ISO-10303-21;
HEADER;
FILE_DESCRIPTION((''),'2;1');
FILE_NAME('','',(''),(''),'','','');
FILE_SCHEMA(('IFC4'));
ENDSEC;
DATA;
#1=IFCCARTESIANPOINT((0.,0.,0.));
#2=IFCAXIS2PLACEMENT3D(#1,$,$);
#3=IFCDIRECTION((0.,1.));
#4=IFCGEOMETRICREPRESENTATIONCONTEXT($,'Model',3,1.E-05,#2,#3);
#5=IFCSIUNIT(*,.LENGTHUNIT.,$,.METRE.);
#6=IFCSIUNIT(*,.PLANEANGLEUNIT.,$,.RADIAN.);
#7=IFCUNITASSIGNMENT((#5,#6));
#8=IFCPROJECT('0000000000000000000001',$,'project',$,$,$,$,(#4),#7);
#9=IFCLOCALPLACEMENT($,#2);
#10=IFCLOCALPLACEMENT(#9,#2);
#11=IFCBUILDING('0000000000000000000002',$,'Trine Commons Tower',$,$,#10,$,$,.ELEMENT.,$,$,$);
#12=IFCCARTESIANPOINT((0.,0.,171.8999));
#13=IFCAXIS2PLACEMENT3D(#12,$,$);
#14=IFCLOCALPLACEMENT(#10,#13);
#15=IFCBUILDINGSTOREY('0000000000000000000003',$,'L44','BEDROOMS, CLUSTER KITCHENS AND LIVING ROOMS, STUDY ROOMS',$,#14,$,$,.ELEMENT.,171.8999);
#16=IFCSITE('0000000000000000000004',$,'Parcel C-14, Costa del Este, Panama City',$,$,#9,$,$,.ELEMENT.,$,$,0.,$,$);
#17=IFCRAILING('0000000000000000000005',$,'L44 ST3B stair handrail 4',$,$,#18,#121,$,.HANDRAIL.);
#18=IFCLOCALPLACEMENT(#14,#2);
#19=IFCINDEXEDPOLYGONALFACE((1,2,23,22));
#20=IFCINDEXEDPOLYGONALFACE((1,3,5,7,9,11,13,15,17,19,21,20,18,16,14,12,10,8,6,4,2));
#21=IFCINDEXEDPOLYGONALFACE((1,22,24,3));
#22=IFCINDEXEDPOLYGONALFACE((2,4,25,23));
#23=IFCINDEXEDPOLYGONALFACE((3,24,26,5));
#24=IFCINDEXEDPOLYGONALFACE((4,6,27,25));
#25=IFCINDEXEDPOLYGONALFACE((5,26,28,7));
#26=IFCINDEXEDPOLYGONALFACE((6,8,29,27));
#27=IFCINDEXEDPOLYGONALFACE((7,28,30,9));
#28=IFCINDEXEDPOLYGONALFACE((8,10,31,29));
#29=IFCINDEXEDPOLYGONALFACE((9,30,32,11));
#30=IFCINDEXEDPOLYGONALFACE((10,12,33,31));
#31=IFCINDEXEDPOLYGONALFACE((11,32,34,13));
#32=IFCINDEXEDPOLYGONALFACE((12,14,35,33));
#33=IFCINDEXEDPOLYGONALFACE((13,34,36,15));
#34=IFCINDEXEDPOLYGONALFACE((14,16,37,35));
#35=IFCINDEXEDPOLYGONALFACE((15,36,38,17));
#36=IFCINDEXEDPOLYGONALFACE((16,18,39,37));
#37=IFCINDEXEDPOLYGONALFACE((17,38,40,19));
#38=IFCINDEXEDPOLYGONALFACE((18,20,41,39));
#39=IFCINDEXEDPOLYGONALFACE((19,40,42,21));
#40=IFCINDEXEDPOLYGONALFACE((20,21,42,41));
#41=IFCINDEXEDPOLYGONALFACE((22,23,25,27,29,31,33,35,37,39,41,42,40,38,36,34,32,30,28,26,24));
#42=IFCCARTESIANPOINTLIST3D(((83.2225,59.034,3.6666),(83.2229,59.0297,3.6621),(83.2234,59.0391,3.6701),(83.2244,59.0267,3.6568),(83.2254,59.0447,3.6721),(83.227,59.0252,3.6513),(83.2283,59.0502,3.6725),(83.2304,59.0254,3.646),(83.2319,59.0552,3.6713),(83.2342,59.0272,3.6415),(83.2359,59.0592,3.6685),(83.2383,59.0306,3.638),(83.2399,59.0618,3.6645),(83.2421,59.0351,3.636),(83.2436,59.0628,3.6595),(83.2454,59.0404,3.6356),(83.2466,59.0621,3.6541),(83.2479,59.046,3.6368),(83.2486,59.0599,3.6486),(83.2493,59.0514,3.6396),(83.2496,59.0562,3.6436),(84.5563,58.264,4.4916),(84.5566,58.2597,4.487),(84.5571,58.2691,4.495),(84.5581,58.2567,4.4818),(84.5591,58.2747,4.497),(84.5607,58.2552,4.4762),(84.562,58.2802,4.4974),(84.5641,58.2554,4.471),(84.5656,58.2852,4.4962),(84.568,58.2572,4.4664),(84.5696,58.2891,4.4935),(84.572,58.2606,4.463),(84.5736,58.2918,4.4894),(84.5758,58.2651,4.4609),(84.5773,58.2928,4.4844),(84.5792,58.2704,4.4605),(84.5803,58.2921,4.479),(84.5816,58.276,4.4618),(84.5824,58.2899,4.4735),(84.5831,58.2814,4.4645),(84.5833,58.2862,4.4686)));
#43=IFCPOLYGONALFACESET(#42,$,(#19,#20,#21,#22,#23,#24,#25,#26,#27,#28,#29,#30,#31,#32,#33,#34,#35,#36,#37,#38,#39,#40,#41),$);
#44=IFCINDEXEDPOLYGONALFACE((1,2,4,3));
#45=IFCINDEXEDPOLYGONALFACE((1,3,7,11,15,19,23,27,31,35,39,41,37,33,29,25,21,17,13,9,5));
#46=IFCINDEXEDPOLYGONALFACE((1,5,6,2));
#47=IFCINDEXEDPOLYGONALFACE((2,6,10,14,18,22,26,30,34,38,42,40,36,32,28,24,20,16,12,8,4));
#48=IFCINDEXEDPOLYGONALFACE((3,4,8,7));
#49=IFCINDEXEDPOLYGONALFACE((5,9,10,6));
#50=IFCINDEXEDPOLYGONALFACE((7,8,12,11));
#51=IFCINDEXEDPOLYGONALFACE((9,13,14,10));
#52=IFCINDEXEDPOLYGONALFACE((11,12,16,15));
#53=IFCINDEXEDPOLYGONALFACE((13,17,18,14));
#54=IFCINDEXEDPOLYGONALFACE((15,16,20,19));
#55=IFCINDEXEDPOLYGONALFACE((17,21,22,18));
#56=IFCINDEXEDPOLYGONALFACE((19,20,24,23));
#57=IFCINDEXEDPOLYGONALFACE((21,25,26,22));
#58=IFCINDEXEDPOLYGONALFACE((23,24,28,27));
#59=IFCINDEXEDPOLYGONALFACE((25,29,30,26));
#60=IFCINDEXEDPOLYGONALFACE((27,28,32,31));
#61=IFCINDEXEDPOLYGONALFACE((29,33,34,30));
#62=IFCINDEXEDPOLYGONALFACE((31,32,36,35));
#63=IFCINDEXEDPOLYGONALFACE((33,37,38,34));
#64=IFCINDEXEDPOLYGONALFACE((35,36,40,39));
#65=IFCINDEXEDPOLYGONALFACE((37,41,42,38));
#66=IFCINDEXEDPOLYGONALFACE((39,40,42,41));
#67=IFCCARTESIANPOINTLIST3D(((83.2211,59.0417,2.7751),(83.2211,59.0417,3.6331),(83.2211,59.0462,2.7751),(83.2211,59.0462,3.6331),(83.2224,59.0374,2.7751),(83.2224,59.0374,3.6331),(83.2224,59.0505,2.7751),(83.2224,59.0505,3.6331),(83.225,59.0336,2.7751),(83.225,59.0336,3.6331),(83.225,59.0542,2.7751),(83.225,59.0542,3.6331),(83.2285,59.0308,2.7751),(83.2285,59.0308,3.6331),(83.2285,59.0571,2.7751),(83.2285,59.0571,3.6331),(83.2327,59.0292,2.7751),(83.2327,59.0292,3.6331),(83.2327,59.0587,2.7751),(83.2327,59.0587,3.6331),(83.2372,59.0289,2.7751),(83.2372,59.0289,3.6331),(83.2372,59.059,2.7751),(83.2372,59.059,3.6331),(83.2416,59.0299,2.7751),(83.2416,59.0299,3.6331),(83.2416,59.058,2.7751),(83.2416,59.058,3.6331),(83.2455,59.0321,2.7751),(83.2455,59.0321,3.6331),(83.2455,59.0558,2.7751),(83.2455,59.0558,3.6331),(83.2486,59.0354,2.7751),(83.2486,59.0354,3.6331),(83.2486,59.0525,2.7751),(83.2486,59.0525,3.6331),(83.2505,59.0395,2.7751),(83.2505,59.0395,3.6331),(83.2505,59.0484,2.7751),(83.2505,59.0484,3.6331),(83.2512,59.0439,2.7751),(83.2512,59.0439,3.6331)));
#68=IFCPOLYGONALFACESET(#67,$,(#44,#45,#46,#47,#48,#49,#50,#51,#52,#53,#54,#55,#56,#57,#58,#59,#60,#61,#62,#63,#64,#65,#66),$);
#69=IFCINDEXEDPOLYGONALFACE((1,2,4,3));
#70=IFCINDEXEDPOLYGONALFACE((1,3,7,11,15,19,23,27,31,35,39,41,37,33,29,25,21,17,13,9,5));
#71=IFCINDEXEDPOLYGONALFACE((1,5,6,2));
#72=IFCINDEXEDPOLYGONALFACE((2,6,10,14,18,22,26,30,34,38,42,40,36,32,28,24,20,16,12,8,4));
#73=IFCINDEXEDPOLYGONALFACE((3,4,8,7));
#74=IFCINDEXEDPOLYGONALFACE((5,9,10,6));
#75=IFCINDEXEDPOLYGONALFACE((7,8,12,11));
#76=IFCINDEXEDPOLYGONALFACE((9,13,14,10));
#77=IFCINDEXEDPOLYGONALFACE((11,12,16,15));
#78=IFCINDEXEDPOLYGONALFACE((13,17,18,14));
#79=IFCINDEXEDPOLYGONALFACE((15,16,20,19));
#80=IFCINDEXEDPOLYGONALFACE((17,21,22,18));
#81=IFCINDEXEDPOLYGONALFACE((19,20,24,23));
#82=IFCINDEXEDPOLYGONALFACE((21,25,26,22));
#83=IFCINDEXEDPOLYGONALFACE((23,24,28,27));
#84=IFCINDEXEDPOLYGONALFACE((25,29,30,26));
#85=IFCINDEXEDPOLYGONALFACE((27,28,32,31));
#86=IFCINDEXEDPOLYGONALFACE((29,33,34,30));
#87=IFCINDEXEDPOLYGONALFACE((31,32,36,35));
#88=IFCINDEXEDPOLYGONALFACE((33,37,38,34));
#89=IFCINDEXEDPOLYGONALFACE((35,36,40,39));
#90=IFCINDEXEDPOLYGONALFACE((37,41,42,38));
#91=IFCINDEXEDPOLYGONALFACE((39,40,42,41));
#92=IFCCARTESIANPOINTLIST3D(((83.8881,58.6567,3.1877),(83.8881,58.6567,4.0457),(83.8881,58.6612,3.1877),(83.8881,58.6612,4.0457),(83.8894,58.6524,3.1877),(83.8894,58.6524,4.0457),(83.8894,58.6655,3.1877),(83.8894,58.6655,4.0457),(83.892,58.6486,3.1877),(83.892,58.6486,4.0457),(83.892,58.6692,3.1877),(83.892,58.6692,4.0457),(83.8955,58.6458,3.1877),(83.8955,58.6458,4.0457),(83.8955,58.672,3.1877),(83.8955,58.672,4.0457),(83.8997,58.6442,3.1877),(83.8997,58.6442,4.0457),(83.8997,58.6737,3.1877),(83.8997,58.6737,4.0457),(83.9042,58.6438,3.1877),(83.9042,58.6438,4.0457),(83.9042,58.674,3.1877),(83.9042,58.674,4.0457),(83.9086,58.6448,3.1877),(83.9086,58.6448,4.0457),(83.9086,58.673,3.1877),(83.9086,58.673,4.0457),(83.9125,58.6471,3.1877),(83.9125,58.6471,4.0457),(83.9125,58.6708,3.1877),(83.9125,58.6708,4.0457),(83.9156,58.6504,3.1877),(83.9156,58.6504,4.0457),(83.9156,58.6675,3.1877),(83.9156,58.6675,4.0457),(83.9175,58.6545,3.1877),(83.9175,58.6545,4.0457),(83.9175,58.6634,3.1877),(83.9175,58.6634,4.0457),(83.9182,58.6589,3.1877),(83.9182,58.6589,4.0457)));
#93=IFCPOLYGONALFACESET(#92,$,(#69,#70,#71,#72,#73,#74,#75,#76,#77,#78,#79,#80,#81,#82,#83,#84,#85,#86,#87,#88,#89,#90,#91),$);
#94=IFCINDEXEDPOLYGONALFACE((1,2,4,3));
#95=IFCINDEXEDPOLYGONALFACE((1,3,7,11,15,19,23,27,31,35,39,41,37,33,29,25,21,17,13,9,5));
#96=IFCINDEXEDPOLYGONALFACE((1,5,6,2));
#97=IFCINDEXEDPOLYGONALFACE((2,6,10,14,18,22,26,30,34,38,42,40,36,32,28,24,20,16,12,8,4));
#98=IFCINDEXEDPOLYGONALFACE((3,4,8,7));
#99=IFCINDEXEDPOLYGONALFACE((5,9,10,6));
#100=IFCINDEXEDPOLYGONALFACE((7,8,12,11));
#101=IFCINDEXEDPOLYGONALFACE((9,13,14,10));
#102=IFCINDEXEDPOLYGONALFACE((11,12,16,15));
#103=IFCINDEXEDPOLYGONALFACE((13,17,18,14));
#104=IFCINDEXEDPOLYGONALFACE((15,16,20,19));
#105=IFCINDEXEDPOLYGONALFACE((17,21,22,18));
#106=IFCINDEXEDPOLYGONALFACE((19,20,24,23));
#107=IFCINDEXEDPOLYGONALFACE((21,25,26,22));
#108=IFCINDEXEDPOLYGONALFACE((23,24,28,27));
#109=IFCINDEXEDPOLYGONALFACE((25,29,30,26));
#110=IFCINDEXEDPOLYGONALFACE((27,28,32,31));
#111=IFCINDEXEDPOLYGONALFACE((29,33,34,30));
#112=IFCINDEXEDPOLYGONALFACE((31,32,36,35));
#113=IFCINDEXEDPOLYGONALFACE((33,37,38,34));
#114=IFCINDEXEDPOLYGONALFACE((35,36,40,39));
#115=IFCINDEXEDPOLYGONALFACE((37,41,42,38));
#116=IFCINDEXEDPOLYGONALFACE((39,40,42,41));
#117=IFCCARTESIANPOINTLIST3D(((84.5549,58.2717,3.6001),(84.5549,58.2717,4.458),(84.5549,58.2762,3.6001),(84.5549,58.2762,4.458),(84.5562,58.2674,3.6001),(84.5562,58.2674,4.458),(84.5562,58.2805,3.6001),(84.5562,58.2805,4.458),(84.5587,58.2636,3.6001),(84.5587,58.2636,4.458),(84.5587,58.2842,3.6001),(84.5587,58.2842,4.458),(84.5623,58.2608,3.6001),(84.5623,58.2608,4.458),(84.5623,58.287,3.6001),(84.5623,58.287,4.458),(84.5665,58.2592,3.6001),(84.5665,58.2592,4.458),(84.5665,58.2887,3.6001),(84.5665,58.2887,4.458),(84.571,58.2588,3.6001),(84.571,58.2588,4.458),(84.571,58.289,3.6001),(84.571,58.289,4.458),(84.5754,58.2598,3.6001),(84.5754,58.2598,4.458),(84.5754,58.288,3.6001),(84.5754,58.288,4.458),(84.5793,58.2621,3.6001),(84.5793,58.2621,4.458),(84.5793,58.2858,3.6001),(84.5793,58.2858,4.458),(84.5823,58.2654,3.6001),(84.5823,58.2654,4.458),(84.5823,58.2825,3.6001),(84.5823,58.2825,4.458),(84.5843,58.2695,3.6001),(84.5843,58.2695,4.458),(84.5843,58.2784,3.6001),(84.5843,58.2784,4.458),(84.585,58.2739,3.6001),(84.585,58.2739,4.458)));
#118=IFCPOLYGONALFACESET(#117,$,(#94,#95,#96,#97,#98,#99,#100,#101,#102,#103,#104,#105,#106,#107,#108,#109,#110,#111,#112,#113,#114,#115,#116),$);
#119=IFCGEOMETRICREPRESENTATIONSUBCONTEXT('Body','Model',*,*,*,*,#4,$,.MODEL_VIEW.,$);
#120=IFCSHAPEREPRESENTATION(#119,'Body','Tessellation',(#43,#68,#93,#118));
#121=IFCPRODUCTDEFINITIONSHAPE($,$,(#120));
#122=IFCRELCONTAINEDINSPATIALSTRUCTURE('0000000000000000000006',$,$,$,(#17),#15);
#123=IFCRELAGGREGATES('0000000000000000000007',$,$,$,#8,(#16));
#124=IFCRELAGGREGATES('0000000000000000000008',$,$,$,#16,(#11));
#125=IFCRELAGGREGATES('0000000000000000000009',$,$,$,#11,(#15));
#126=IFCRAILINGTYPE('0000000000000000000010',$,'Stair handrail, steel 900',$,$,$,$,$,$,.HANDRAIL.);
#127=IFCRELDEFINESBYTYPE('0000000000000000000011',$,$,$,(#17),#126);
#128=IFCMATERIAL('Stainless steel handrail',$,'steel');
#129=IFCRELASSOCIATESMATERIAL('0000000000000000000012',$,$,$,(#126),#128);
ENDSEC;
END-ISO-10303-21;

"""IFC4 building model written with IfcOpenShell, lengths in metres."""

from ifc_helpers import new_model, si_unit, direction, frame, origin, origin_2d, place, context, subcontext, project, spatial, circle, extrude, material, type_object, element, save


model = new_model("IFC4")

# Units and contexts
model_context = context("Model", 3, precision=1e-05, world=origin(), true_north=direction((0.0, 1.0)))
body_context = subcontext(model_context, "Body", "Model", "MODEL_VIEW")
ifc_project = project(units=[si_unit("LENGTHUNIT", "METRE"), si_unit("PLANEANGLEUNIT", "RADIAN")], contexts=[model_context])

# Site, building, storey
site_placement = place(None, origin())
site = spatial("IfcSite", under=ifc_project, at=site_placement, Name="Parcel C-14, Costa del Este, Panama City", CompositionType="ELEMENT", RefElevation=0.0)
building_placement = place(site_placement, origin())
building = spatial("IfcBuilding", under=site, at=building_placement, Name="Trine Commons Tower", CompositionType="ELEMENT")
storey_placement = place(building_placement, frame((0.0, 0.0, 171.8999)))
storey = spatial("IfcBuildingStorey", under=building, at=storey_placement, Name="L44", Description="BEDROOMS, CLUSTER KITCHENS AND LIVING ROOMS, STUDY ROOMS", CompositionType="ELEMENT", Elevation=171.8999)

# Railing
ifc_material_1 = material(Name="Stainless steel handrail", Category="steel")
railing_type_1 = type_object("IfcRailingType", Name="Stair handrail, steel 900", PredefinedType="HANDRAIL", material=ifc_material_1)
for number, where, name in (
    (1, (83.2361, 59.0439, 2.7751), "L44 ST3B stair handrail 4"),
):
    element("IfcRailing", number, at=place(storey_placement, frame(where)), inside=storey, type_object=railing_type_1, Name=name, PredefinedType="HANDRAIL", context=body_context, shape_type="SweptSolid", body=[
        extrude(circle(Radius=0.021, at=origin_2d()), frame((0.0, 0.0, 0.8789), z_axis=(0.763405, -0.440743, 0.472185), x_axis=(0.499992, 0.86603, 0.0)), (0.0, 0.0, 1.0), 1.7471),
        extrude(circle(Radius=0.0151, at=origin_2d()), origin(), (0.0, 0.0, 1.0), 0.8579),
        extrude(circle(Radius=0.0151, at=origin_2d()), frame((0.667, -0.385, 0.4126)), (0.0, 0.0, 1.0), 0.8579),
        extrude(circle(Radius=0.0151, at=origin_2d()), frame((1.3337, -0.77, 0.825)), (0.0, 0.0, 1.0), 0.8579),
    ])

save(model, "model.ifc")
